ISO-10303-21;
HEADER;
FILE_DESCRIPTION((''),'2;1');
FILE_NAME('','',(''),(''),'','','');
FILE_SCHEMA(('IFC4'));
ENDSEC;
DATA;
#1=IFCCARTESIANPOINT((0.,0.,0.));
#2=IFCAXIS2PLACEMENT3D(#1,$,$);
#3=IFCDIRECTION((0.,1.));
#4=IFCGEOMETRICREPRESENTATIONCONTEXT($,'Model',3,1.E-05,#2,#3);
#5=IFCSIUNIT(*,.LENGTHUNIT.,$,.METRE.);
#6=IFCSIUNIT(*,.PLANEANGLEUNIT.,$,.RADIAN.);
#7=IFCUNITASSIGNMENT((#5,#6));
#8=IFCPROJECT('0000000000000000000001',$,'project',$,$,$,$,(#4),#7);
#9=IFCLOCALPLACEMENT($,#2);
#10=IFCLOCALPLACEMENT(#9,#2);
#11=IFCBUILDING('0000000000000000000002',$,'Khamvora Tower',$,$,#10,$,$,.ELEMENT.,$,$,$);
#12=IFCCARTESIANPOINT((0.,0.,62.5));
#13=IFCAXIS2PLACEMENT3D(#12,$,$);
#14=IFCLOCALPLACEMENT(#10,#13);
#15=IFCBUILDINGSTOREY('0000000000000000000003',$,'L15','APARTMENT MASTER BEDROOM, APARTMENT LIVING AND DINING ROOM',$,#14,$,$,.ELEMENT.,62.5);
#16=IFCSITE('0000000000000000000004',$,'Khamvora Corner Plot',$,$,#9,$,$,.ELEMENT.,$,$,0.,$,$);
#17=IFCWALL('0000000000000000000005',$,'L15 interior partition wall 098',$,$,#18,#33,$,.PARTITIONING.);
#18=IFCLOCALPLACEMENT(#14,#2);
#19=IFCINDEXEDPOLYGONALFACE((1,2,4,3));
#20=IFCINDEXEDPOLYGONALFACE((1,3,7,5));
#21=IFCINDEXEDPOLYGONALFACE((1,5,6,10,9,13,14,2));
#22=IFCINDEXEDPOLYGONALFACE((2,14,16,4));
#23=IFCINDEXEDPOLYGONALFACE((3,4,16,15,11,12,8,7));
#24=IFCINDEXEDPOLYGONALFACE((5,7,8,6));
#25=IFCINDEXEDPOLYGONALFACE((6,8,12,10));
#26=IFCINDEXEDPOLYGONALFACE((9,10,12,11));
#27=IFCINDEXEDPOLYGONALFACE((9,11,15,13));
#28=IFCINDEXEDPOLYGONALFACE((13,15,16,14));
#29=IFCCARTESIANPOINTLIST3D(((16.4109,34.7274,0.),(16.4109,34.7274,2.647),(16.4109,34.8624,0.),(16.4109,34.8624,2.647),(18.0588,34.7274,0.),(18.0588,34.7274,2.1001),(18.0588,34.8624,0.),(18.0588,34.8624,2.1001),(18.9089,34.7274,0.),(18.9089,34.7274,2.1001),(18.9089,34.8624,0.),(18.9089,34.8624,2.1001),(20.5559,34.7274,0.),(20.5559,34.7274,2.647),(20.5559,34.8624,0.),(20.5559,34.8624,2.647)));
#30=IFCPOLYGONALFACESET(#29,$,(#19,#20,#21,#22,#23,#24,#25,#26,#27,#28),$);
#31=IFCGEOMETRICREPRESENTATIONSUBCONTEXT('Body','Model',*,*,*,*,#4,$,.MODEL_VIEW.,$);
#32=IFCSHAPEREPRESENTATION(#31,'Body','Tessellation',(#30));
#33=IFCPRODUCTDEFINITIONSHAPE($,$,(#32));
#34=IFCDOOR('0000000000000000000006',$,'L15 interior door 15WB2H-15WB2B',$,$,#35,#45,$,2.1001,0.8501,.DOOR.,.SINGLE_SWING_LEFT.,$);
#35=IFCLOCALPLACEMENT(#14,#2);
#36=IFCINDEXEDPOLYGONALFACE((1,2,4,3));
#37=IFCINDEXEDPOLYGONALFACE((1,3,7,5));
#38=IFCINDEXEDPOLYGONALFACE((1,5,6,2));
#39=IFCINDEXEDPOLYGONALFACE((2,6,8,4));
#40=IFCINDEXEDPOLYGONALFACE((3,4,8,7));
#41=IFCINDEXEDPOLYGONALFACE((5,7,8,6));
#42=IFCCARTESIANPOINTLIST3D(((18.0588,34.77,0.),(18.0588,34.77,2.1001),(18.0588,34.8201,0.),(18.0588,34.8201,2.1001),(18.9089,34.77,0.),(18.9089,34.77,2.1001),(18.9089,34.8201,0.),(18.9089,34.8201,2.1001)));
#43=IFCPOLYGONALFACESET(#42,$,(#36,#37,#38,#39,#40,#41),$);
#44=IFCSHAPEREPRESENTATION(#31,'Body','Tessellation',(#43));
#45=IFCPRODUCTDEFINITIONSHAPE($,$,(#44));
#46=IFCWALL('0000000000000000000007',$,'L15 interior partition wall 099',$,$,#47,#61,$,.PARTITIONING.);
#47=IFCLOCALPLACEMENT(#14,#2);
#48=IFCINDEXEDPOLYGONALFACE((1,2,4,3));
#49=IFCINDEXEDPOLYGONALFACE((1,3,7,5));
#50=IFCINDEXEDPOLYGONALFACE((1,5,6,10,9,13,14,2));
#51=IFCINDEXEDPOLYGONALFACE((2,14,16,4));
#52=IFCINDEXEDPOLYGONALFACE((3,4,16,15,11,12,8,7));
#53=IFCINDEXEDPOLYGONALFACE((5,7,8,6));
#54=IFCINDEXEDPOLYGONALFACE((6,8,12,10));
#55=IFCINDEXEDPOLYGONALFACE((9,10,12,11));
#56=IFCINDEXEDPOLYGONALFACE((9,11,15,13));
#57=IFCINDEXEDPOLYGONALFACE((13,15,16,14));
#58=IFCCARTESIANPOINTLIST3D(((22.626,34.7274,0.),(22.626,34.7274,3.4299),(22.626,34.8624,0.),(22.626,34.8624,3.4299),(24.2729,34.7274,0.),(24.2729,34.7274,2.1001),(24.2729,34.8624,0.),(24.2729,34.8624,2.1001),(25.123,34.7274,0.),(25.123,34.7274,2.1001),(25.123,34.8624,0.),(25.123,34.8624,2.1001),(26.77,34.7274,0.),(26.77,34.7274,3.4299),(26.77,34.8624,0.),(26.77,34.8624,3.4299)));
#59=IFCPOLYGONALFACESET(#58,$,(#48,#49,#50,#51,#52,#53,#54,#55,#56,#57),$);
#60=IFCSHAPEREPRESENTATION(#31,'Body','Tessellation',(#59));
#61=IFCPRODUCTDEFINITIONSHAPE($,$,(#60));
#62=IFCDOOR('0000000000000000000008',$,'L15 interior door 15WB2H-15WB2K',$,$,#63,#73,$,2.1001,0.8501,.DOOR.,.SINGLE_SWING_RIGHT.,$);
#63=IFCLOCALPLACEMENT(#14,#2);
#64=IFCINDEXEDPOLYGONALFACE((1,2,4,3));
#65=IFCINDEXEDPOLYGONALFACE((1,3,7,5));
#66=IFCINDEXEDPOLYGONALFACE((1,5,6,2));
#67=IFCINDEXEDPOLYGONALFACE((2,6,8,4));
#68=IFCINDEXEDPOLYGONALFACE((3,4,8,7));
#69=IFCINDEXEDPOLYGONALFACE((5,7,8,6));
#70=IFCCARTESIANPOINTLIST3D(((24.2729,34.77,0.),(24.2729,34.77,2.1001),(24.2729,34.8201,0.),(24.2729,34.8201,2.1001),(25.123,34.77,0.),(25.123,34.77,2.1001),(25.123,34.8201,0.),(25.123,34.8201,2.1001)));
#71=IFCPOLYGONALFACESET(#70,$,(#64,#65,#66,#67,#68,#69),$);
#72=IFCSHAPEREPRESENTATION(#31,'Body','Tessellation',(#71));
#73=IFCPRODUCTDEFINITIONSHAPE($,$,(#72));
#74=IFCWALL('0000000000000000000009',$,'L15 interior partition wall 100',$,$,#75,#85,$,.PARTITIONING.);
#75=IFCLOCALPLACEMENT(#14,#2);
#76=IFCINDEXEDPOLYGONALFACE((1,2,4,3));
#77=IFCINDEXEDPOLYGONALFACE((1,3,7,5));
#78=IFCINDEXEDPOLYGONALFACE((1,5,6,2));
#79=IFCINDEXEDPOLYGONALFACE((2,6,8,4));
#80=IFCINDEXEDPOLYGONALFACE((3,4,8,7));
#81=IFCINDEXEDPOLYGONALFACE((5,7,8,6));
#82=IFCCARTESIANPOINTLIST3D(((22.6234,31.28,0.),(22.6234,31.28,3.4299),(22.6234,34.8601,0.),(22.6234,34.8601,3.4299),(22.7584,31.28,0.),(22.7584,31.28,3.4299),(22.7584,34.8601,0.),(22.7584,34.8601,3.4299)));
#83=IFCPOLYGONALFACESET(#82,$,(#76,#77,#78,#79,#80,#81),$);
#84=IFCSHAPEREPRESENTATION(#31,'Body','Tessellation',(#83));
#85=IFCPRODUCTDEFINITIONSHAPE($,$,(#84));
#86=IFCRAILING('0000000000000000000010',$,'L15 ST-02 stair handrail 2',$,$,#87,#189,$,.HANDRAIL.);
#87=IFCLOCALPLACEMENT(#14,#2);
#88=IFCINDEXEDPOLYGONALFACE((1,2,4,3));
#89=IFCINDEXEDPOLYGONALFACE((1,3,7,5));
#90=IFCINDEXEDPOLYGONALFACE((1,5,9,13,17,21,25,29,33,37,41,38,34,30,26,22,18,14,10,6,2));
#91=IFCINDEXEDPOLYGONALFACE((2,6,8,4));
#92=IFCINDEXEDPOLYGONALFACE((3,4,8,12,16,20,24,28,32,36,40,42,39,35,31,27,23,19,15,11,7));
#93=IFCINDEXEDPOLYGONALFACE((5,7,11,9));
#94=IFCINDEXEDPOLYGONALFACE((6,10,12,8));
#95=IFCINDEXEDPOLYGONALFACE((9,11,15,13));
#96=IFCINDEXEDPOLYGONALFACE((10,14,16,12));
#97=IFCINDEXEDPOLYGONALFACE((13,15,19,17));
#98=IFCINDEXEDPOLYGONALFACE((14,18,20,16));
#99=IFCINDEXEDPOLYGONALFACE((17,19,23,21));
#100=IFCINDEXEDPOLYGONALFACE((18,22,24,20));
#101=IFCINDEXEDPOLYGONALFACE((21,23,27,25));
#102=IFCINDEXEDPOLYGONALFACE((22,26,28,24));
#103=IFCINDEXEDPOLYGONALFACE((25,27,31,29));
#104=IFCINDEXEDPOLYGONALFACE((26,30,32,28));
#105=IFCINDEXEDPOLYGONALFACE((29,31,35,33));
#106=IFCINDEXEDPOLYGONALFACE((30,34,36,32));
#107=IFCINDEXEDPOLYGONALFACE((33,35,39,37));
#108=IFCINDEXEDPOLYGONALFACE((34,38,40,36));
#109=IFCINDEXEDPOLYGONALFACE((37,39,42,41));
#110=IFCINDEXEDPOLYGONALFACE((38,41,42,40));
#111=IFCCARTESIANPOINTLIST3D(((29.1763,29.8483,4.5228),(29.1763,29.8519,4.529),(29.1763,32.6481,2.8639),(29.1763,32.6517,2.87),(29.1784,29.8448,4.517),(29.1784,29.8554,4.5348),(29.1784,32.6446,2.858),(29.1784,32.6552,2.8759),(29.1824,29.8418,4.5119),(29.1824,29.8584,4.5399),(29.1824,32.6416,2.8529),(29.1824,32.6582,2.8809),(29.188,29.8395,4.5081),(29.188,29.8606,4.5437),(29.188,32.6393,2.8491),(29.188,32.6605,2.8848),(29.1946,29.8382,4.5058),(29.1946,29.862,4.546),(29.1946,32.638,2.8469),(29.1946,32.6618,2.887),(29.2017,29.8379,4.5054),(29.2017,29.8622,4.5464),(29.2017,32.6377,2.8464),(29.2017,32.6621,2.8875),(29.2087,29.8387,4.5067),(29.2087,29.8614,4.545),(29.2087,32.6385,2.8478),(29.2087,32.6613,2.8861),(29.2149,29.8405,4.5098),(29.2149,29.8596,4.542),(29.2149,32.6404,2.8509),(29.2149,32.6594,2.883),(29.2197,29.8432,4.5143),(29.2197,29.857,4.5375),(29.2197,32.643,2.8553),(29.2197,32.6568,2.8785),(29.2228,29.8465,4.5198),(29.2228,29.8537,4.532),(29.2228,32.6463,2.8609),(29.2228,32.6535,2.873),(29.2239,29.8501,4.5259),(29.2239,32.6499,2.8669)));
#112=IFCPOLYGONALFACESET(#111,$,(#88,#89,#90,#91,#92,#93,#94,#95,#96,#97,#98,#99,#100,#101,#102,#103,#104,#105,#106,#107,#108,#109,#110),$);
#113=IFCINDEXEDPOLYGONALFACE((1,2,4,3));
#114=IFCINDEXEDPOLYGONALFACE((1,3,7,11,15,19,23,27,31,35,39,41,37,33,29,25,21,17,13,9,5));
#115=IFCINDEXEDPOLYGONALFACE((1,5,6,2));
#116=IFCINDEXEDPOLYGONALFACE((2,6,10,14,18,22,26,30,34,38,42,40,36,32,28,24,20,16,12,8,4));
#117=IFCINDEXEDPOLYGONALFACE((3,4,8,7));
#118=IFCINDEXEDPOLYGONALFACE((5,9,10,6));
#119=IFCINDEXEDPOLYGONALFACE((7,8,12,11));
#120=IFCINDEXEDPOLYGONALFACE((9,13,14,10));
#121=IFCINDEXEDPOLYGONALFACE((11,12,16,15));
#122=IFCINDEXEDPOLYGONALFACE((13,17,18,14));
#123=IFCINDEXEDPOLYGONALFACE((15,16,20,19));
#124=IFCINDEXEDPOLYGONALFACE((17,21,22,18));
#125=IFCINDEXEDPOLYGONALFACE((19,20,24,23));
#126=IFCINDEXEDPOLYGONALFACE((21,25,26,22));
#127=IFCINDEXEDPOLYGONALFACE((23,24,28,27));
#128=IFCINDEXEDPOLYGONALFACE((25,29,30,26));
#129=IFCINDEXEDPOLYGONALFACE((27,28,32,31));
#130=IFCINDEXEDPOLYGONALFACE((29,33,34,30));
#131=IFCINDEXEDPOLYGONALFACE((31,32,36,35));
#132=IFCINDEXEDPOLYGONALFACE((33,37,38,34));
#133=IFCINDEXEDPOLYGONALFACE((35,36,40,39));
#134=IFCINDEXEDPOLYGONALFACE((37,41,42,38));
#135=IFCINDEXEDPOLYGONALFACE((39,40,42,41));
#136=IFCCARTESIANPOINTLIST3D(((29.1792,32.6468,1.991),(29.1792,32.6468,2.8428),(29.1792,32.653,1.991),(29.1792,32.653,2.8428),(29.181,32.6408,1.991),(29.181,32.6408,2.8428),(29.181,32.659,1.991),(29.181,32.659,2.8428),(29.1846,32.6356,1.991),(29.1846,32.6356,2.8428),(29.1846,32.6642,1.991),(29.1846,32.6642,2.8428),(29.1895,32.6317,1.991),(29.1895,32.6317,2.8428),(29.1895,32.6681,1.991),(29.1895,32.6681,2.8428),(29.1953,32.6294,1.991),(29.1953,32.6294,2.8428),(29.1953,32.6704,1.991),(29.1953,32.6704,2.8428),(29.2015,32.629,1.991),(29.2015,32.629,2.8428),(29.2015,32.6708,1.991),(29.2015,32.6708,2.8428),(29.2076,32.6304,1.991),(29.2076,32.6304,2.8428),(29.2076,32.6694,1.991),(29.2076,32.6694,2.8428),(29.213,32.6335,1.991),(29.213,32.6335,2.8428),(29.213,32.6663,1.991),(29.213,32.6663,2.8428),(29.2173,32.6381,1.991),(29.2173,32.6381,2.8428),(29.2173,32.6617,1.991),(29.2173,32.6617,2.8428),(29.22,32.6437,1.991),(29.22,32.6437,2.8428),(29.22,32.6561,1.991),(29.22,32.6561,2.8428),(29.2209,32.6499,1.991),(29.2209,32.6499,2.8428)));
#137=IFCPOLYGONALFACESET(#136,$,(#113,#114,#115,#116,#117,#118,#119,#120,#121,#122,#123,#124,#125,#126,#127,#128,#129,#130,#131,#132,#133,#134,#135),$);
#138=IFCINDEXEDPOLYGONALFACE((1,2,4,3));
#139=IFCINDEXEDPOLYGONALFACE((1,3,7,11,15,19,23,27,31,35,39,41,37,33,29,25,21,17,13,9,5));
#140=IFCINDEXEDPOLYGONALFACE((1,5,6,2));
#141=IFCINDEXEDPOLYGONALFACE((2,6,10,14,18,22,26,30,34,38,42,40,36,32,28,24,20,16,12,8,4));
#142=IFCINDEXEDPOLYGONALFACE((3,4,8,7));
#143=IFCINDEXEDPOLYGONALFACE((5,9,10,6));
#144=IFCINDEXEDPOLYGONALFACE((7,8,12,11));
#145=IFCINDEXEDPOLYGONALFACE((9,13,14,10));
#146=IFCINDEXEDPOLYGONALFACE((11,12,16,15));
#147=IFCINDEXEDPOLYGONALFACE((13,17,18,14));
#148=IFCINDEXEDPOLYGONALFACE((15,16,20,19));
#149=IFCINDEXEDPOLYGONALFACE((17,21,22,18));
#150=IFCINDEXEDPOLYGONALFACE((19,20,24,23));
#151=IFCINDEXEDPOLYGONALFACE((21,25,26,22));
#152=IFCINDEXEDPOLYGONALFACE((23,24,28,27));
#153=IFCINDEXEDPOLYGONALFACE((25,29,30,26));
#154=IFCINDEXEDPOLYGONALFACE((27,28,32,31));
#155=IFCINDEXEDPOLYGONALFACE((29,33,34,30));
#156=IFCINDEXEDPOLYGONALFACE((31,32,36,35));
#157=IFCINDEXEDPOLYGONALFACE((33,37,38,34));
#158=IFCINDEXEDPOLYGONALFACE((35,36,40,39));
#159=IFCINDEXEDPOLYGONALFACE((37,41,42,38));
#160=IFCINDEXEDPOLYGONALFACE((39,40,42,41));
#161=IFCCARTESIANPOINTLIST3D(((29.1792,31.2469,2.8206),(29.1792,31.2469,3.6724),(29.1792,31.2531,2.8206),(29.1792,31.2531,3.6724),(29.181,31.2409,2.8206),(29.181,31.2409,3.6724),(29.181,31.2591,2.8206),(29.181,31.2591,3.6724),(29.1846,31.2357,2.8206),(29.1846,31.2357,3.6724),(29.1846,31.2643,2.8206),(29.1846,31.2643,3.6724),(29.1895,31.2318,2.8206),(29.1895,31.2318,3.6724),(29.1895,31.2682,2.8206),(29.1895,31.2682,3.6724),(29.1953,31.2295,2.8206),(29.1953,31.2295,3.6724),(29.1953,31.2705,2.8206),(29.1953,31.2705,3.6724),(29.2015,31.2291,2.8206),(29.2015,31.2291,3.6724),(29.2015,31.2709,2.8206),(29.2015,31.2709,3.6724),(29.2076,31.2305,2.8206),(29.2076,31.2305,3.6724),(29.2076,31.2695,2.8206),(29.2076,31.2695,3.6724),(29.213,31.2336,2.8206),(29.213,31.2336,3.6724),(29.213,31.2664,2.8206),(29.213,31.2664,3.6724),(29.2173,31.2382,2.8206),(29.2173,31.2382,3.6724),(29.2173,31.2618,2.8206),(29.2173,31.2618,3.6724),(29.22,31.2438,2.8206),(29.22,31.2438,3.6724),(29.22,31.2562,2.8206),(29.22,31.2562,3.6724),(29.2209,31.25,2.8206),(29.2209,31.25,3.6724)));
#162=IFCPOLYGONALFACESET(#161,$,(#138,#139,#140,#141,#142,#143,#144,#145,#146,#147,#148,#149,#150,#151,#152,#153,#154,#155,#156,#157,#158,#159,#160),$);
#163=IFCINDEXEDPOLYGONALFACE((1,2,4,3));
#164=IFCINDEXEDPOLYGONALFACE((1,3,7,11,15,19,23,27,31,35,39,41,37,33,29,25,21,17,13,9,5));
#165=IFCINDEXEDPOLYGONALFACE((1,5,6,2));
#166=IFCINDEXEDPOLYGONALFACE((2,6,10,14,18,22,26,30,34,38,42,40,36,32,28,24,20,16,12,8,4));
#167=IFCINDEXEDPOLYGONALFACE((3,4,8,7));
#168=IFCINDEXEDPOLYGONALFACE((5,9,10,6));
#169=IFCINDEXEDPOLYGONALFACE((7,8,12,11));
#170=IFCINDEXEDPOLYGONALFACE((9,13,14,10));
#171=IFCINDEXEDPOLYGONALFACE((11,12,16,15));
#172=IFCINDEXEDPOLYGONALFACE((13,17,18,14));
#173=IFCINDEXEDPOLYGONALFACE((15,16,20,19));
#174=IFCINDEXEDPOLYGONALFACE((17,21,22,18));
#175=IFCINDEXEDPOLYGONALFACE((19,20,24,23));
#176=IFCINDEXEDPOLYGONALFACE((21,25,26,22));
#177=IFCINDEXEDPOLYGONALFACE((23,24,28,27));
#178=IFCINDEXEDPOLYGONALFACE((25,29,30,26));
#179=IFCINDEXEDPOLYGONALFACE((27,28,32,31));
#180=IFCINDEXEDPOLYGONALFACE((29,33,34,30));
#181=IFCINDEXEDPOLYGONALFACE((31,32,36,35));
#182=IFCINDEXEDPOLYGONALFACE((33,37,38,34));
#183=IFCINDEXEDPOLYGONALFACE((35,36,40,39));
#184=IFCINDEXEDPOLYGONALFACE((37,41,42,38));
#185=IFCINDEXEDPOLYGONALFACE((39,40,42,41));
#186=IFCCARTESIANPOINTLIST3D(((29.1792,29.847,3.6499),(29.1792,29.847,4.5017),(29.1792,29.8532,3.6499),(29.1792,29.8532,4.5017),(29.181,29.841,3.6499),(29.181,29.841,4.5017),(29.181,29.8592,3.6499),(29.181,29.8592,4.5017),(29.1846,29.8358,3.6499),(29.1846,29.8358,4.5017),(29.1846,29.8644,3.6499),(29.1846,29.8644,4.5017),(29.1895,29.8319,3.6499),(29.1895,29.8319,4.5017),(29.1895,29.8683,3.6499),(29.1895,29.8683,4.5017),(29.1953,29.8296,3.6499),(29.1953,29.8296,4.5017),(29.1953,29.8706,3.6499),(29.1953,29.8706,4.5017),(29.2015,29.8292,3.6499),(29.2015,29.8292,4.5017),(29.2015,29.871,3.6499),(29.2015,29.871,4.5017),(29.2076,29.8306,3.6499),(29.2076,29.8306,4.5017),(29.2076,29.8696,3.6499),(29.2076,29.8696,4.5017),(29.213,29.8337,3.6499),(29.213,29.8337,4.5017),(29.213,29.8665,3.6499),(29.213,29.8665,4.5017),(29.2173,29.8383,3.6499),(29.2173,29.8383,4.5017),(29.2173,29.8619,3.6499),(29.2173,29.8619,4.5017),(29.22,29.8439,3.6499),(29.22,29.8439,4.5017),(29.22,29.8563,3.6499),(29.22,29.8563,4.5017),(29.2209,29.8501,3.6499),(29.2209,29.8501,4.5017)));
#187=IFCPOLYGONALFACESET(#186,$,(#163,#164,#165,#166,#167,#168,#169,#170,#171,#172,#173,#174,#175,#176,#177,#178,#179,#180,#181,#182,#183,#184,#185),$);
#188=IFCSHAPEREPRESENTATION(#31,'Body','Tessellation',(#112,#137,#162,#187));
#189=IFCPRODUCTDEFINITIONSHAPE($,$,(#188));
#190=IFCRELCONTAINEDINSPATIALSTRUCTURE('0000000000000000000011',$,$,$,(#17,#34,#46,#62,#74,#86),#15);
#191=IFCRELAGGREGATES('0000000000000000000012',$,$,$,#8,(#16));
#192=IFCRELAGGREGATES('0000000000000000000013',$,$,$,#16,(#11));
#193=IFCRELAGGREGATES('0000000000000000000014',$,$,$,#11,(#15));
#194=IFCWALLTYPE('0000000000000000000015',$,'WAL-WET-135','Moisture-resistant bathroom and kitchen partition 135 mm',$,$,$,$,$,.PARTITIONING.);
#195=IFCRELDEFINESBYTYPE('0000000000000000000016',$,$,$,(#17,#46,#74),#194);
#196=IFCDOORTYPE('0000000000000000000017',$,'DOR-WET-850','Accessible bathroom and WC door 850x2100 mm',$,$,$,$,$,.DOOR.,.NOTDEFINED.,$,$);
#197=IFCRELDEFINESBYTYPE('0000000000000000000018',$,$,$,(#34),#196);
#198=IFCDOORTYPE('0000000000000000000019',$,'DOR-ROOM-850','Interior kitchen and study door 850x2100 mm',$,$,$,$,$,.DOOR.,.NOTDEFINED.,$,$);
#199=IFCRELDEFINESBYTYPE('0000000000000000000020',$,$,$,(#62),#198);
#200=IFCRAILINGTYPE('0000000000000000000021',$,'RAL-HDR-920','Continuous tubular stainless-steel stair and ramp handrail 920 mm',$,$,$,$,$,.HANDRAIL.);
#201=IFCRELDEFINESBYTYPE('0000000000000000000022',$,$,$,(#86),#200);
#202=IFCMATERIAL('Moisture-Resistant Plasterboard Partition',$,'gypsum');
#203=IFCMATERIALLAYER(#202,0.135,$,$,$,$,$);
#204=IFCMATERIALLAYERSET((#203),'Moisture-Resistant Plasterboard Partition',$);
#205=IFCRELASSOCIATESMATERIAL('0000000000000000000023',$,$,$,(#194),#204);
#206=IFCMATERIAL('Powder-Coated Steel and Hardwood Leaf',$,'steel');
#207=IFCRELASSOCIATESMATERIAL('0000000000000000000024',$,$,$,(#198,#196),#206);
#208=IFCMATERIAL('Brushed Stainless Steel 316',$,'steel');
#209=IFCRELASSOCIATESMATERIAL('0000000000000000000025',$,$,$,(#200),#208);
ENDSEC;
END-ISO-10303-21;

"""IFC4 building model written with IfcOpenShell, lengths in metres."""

from ifc_helpers import new_model, si_unit, direction, frame, frame_2d, origin, origin_2d, place, context, subcontext, project, spatial, rectangle, circle, extrude, material, layer, layer_set, type_object, element, fill, save


model = new_model("IFC4")

# Units and contexts
model_context = context("Model", 3, precision=1e-05, world=origin(), true_north=direction((0.0, 1.0)))
body_context = subcontext(model_context, "Body", "Model", "MODEL_VIEW")
ifc_project = project(units=[si_unit("LENGTHUNIT", "METRE"), si_unit("PLANEANGLEUNIT", "RADIAN")], contexts=[model_context])

# Site, building, storey
site_placement = place(None, origin())
site = spatial("IfcSite", under=ifc_project, at=site_placement, Name="Khamvora Corner Plot", CompositionType="ELEMENT", RefElevation=0.0)
building_placement = place(site_placement, origin())
building = spatial("IfcBuilding", under=site, at=building_placement, Name="Khamvora Tower", CompositionType="ELEMENT")
storey_placement = place(building_placement, frame((0.0, 0.0, 62.5)))
storey = spatial("IfcBuildingStorey", under=building, at=storey_placement, Name="L15", Description="APARTMENT MASTER BEDROOM, APARTMENT LIVING AND DINING ROOM", CompositionType="ELEMENT", Elevation=62.5)

# Shared definitions
ifc_material_1 = material(Name="Powder-Coated Steel and Hardwood Leaf", Category="steel")

# Shared definitions
ifc_material_2 = material(Name="Moisture-Resistant Plasterboard Partition", Category="gypsum")
ifc_layer_1 = layer(ifc_material_2, 0.135)
ifc_layer_set_1 = layer_set([ifc_layer_1], Name="Moisture-Resistant Plasterboard Partition")
wall_type_1 = type_object("IfcWallType", Name="WAL-WET-135", Description="Moisture-resistant bathroom and kitchen partition 135 mm", PredefinedType="PARTITIONING", material=ifc_layer_set_1)
door_type_1 = type_object("IfcDoorType", Name="DOR-ROOM-850", Description="Interior kitchen and study door 850x2100 mm", OperationType="NOTDEFINED", PredefinedType="DOOR", material=ifc_material_1)

# Walls, openings, doors
wall_1_placement = place(storey_placement, frame((20.5559, 34.7949, 0.0), z_axis=(0.0, 0.0, 1.0), x_axis=(-1.0, 0.0, 0.0)))
wall_1 = element("IfcWall", 1, at=wall_1_placement, inside=storey, type_object=wall_type_1, Name="L15 interior partition wall 098", PredefinedType="PARTITIONING", context=body_context, shape_type="SweptSolid", body=[
    extrude(rectangle(XDim=4.145, YDim=0.135, at=frame_2d((2.0725, 0.0))), origin(), (0.0, 0.0, 1.0), 2.647),
])
opening_1_placement = place(wall_1_placement, frame((1.647, 0.0, 0.0)))
opening_1 = element("IfcOpeningElement", 2, at=opening_1_placement, cuts=wall_1, PredefinedType="OPENING", context=body_context, shape_type="SweptSolid", body=[
    extrude(rectangle(XDim=0.8501, YDim=2.1001, at=frame_2d((0.425, 1.05))), frame((0.0, 0.0774, 0.0), z_axis=(0.0, -1.0, 0.0), x_axis=(1.0, 0.0, 0.0)), (0.0, 0.0, 1.0), 0.155),
])
door_type_2 = type_object("IfcDoorType", Name="DOR-WET-850", Description="Accessible bathroom and WC door 850x2100 mm", OperationType="NOTDEFINED", PredefinedType="DOOR", material=ifc_material_1)
door_1_placement = place(opening_1_placement, origin())
door_1 = element("IfcDoor", 3, at=door_1_placement, inside=storey, type_object=door_type_2, Name="L15 interior door 15WB2H-15WB2B", OperationType="SINGLE_SWING_LEFT", OverallHeight=2.1001, OverallWidth=0.8501, PredefinedType="DOOR", context=body_context, shape_type="SweptSolid", body=[
    extrude(rectangle(XDim=0.8501, YDim=2.1001, at=frame_2d((0.425, 1.05))), frame((0.0, 0.0249, 0.0), z_axis=(0.0, -1.0, 0.0), x_axis=(1.0, 0.0, 0.0)), (0.0, 0.0, 1.0), 0.05),
])
fill(opening_1, door_1)
wall_2_placement = place(storey_placement, frame((26.77, 34.7949, 0.0), z_axis=(0.0, 0.0, 1.0), x_axis=(-1.0, 0.0, 0.0)))
wall_2 = element("IfcWall", 4, at=wall_2_placement, inside=storey, type_object=wall_type_1, Name="L15 interior partition wall 099", PredefinedType="PARTITIONING", context=body_context, shape_type="SweptSolid", body=[
    extrude(rectangle(XDim=4.144, YDim=0.135, at=frame_2d((2.072, 0.0))), origin(), (0.0, 0.0, 1.0), 3.4299),
])
opening_2_placement = place(wall_2_placement, frame((1.647, 0.0, 0.0)))
opening_2 = element("IfcOpeningElement", 5, at=opening_2_placement, cuts=wall_2, PredefinedType="OPENING", context=body_context, shape_type="SweptSolid", body=[
    extrude(rectangle(XDim=0.8501, YDim=2.1001, at=frame_2d((0.425, 1.05))), frame((0.0, 0.0774, 0.0), z_axis=(0.0, -1.0, 0.0), x_axis=(1.0, 0.0, 0.0)), (0.0, 0.0, 1.0), 0.155),
])
door_2_placement = place(opening_2_placement, origin())
door_2 = element("IfcDoor", 6, at=door_2_placement, inside=storey, type_object=door_type_1, Name="L15 interior door 15WB2H-15WB2K", OperationType="SINGLE_SWING_RIGHT", OverallHeight=2.1001, OverallWidth=0.8501, PredefinedType="DOOR", context=body_context, shape_type="SweptSolid", body=[
    extrude(rectangle(XDim=0.8501, YDim=2.1001, at=frame_2d((0.425, 1.05))), frame((0.0, 0.0249, 0.0), z_axis=(0.0, -1.0, 0.0), x_axis=(1.0, 0.0, 0.0)), (0.0, 0.0, 1.0), 0.05),
])
fill(opening_2, door_2)

# Wall
wall_3_placement = place(storey_placement, frame((22.6909, 34.8601, 0.0), z_axis=(0.0, 0.0, 1.0), x_axis=(0.0, -1.0, 0.0)))
element("IfcWall", 7, at=wall_3_placement, inside=storey, type_object=wall_type_1, Name="L15 interior partition wall 100", PredefinedType="PARTITIONING", context=body_context, shape_type="SweptSolid", body=[
    extrude(rectangle(XDim=3.5801, YDim=0.135, at=frame_2d((1.79, 0.0))), origin(), (0.0, 0.0, 1.0), 3.4299),
])

# Railing
ifc_material_3 = material(Name="Brushed Stainless Steel 316", Category="steel")
railing_type = type_object("IfcRailingType", Name="RAL-HDR-920", Description="Continuous tubular stainless-steel stair and ramp handrail 920 mm", PredefinedType="HANDRAIL", material=ifc_material_3)
railing_placement = place(storey_placement, frame((29.2, 32.6499, 1.991)))
element("IfcRailing", 8, at=railing_placement, inside=storey, type_object=railing_type, Name="L15 ST-02 stair handrail 2", PredefinedType="HANDRAIL", context=body_context, shape_type="SweptSolid", body=[
    extrude(circle(Radius=0.0239, at=origin_2d()), frame((0.0, 0.0, 0.876), z_axis=(0.0, -0.86032, 0.509755), x_axis=(1.0, 0.0, 0.0)), (0.0, 0.0, 1.0), 3.2544),
    extrude(circle(Radius=0.021, at=origin_2d()), origin(), (0.0, 0.0, 1.0), 0.8518),
    extrude(circle(Radius=0.021, at=origin_2d()), frame((0.0, -1.3999, 0.8296)), (0.0, 0.0, 1.0), 0.8518),
    extrude(circle(Radius=0.021, at=origin_2d()), frame((0.0, -2.7998, 1.6589)), (0.0, 0.0, 1.0), 0.8518),
])

save(model, "model.ifc")
